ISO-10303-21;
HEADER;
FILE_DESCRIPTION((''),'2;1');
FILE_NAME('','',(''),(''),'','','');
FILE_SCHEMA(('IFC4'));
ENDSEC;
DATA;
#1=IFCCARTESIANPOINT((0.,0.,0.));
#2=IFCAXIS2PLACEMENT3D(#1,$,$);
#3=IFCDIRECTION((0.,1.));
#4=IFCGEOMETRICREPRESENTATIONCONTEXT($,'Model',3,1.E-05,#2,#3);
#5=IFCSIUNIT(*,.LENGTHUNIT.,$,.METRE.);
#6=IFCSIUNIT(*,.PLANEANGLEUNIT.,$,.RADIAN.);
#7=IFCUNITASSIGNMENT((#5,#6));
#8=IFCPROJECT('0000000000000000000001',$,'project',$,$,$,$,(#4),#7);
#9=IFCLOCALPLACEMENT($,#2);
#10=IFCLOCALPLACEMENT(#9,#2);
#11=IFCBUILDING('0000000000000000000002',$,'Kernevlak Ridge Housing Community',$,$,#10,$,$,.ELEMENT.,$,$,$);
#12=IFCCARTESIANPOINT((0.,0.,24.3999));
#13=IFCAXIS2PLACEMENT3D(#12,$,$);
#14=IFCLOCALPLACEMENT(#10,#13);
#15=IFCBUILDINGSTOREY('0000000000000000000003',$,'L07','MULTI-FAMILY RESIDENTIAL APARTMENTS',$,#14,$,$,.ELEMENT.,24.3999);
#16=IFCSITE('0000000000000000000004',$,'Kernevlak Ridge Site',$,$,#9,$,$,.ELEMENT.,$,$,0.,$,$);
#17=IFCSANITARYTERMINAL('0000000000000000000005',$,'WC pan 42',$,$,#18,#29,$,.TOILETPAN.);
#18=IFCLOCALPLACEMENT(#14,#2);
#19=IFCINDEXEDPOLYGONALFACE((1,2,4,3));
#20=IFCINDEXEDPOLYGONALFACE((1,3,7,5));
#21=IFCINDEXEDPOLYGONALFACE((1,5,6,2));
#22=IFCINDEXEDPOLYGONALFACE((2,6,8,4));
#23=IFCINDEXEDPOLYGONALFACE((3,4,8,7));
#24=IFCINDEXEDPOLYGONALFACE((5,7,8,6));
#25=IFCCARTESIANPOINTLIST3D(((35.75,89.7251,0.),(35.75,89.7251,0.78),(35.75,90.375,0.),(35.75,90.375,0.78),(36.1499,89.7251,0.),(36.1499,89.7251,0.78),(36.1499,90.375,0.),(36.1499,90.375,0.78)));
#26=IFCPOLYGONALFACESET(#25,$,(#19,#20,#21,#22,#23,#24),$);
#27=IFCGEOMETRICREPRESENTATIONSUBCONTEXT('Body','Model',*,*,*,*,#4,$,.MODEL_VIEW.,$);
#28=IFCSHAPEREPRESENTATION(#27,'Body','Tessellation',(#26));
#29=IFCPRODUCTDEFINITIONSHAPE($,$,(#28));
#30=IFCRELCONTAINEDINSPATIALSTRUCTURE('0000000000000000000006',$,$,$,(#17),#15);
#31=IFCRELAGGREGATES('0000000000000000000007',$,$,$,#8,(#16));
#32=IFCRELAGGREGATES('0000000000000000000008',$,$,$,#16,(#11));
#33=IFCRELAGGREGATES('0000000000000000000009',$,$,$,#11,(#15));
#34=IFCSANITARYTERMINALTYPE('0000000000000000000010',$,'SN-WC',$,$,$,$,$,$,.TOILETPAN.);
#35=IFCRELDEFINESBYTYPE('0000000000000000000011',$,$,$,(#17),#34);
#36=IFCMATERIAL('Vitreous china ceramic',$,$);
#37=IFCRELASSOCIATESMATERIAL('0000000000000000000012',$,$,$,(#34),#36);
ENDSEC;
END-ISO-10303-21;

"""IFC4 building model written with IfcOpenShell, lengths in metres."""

from ifc_helpers import new_model, si_unit, direction, frame, origin, origin_2d, place, context, subcontext, project, spatial, rectangle, extrude, material, type_object, element, save


model = new_model("IFC4")

# Units and contexts
model_context = context("Model", 3, precision=1e-05, world=origin(), true_north=direction((0.0, 1.0)))
body_context = subcontext(model_context, "Body", "Model", "MODEL_VIEW")
ifc_project = project(units=[si_unit("LENGTHUNIT", "METRE"), si_unit("PLANEANGLEUNIT", "RADIAN")], contexts=[model_context])

# Site, building, storey
site_placement = place(None, origin())
site = spatial("IfcSite", under=ifc_project, at=site_placement, Name="Kernevlak Ridge Site", CompositionType="ELEMENT", RefElevation=0.0)
building_placement = place(site_placement, origin())
building = spatial("IfcBuilding", under=site, at=building_placement, Name="Kernevlak Ridge Housing Community", CompositionType="ELEMENT")
storey_placement = place(building_placement, frame((0.0, 0.0, 24.3999)))
storey = spatial("IfcBuildingStorey", under=building, at=storey_placement, Name="L07", Description="MULTI-FAMILY RESIDENTIAL APARTMENTS", CompositionType="ELEMENT", Elevation=24.3999)

# Sanitary terminal
ifc_material_1 = material(Name="Vitreous china ceramic")
sanitary_terminal_type_1 = type_object("IfcSanitaryTerminalType", Name="SN-WC", PredefinedType="TOILETPAN", material=ifc_material_1)
sanitary_terminal_1_placement = place(storey_placement, frame((35.95, 90.05, 0.0), z_axis=(0.0, 0.0, 1.0), x_axis=(1.0, 0.0, 0.0)))
element("IfcSanitaryTerminal", 1, at=sanitary_terminal_1_placement, inside=storey, type_object=sanitary_terminal_type_1, Name="WC pan 42", PredefinedType="TOILETPAN", context=body_context, shape_type="SweptSolid", body=[
    extrude(rectangle(XDim=0.3999, YDim=0.6499, at=origin_2d()), origin(), (0.0, 0.0, 1.0), 0.78),
])

save(model, "model.ifc")
